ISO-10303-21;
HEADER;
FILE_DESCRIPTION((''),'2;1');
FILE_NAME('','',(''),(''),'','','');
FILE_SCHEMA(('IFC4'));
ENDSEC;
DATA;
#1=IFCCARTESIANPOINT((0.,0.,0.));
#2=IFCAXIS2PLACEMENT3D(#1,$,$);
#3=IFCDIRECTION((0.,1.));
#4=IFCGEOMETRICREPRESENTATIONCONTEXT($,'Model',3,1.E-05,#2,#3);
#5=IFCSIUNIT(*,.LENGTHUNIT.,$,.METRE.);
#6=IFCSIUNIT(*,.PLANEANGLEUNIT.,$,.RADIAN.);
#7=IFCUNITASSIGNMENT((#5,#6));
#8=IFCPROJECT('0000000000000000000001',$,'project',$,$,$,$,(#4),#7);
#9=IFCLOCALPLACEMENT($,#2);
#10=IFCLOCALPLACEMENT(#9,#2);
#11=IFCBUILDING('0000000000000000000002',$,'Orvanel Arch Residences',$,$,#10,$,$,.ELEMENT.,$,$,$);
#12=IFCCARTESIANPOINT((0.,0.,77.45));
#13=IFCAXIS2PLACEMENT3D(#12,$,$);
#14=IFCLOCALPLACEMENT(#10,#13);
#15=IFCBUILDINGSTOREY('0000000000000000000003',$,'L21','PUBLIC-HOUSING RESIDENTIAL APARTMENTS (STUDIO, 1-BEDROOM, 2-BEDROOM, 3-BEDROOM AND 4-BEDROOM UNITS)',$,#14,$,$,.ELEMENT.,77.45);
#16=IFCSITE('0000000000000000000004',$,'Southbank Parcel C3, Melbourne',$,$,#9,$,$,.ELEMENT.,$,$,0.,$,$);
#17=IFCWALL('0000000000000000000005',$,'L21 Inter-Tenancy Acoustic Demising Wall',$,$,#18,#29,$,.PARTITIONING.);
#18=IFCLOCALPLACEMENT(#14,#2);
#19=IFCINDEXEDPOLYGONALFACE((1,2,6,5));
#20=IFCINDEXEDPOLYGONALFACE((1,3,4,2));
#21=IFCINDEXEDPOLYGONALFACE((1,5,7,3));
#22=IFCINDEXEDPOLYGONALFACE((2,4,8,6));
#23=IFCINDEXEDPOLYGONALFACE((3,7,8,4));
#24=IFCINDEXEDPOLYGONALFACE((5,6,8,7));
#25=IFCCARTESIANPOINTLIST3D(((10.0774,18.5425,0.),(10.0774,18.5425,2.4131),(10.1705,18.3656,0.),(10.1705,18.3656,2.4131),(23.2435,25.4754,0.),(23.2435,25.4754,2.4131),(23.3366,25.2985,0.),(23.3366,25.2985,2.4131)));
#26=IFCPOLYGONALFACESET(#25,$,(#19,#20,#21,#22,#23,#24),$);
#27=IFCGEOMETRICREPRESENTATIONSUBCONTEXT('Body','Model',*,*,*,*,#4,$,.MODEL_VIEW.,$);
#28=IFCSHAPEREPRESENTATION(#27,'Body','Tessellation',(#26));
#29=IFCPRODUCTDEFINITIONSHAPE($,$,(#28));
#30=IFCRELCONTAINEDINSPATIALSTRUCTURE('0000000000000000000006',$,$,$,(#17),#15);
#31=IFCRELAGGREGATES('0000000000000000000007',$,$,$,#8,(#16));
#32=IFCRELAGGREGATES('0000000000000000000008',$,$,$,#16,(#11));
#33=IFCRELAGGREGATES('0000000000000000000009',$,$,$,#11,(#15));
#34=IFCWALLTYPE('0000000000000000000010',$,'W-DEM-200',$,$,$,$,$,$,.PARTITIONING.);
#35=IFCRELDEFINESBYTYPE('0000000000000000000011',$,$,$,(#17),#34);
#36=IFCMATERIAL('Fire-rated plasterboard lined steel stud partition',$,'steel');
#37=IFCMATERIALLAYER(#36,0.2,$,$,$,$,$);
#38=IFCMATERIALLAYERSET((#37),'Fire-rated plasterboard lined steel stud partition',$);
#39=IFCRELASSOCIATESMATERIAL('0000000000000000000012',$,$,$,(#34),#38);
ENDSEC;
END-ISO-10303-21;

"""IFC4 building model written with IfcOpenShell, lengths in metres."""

from ifc_helpers import new_model, si_unit, direction, frame, frame_2d, origin, place, context, subcontext, project, spatial, rectangle, extrude, material, layer, layer_set, type_object, element, save


model = new_model("IFC4")

# Units and contexts
model_context = context("Model", 3, precision=1e-05, world=origin(), true_north=direction((0.0, 1.0)))
body_context = subcontext(model_context, "Body", "Model", "MODEL_VIEW")
ifc_project = project(units=[si_unit("LENGTHUNIT", "METRE"), si_unit("PLANEANGLEUNIT", "RADIAN")], contexts=[model_context])

# Site, building, storey
site_placement = place(None, origin())
site = spatial("IfcSite", under=ifc_project, at=site_placement, Name="Southbank Parcel C3, Melbourne", CompositionType="ELEMENT", RefElevation=0.0)
building_placement = place(site_placement, origin())
building = spatial("IfcBuilding", under=site, at=building_placement, Name="Orvanel Arch Residences", CompositionType="ELEMENT")
storey_placement = place(building_placement, frame((0.0, 0.0, 77.45)))
storey = spatial("IfcBuildingStorey", under=building, at=storey_placement, Name="L21", Description="PUBLIC-HOUSING RESIDENTIAL APARTMENTS (STUDIO, 1-BEDROOM, 2-BEDROOM, 3-BEDROOM AND 4-BEDROOM UNITS)", CompositionType="ELEMENT", Elevation=77.45)

# Shared definitions
ifc_material_1 = material(Name="Fire-rated plasterboard lined steel stud partition", Category="steel")

# Wall
ifc_layer_1 = layer(ifc_material_1, 0.2)
ifc_layer_set_1 = layer_set([ifc_layer_1], Name="Fire-rated plasterboard lined steel stud partition")
wall_type_1 = type_object("IfcWallType", Name="W-DEM-200", PredefinedType="PARTITIONING", material=ifc_layer_set_1)
wall_1_placement = place(storey_placement, frame((23.29, 25.387, 0.0), z_axis=(0.0, 0.0, 1.0), x_axis=(-0.884825, -0.465924, 0.0)))
element("IfcWall", 1, at=wall_1_placement, inside=storey, type_object=wall_type_1, Name="L21 Inter-Tenancy Acoustic Demising Wall", PredefinedType="PARTITIONING", context=body_context, shape_type="SweptSolid", body=[
    extrude(rectangle(XDim=14.8799, YDim=0.2, at=frame_2d((7.4399, 0.0))), origin(), (0.0, 0.0, 1.0), 2.4131),
])

save(model, "model.ifc")
